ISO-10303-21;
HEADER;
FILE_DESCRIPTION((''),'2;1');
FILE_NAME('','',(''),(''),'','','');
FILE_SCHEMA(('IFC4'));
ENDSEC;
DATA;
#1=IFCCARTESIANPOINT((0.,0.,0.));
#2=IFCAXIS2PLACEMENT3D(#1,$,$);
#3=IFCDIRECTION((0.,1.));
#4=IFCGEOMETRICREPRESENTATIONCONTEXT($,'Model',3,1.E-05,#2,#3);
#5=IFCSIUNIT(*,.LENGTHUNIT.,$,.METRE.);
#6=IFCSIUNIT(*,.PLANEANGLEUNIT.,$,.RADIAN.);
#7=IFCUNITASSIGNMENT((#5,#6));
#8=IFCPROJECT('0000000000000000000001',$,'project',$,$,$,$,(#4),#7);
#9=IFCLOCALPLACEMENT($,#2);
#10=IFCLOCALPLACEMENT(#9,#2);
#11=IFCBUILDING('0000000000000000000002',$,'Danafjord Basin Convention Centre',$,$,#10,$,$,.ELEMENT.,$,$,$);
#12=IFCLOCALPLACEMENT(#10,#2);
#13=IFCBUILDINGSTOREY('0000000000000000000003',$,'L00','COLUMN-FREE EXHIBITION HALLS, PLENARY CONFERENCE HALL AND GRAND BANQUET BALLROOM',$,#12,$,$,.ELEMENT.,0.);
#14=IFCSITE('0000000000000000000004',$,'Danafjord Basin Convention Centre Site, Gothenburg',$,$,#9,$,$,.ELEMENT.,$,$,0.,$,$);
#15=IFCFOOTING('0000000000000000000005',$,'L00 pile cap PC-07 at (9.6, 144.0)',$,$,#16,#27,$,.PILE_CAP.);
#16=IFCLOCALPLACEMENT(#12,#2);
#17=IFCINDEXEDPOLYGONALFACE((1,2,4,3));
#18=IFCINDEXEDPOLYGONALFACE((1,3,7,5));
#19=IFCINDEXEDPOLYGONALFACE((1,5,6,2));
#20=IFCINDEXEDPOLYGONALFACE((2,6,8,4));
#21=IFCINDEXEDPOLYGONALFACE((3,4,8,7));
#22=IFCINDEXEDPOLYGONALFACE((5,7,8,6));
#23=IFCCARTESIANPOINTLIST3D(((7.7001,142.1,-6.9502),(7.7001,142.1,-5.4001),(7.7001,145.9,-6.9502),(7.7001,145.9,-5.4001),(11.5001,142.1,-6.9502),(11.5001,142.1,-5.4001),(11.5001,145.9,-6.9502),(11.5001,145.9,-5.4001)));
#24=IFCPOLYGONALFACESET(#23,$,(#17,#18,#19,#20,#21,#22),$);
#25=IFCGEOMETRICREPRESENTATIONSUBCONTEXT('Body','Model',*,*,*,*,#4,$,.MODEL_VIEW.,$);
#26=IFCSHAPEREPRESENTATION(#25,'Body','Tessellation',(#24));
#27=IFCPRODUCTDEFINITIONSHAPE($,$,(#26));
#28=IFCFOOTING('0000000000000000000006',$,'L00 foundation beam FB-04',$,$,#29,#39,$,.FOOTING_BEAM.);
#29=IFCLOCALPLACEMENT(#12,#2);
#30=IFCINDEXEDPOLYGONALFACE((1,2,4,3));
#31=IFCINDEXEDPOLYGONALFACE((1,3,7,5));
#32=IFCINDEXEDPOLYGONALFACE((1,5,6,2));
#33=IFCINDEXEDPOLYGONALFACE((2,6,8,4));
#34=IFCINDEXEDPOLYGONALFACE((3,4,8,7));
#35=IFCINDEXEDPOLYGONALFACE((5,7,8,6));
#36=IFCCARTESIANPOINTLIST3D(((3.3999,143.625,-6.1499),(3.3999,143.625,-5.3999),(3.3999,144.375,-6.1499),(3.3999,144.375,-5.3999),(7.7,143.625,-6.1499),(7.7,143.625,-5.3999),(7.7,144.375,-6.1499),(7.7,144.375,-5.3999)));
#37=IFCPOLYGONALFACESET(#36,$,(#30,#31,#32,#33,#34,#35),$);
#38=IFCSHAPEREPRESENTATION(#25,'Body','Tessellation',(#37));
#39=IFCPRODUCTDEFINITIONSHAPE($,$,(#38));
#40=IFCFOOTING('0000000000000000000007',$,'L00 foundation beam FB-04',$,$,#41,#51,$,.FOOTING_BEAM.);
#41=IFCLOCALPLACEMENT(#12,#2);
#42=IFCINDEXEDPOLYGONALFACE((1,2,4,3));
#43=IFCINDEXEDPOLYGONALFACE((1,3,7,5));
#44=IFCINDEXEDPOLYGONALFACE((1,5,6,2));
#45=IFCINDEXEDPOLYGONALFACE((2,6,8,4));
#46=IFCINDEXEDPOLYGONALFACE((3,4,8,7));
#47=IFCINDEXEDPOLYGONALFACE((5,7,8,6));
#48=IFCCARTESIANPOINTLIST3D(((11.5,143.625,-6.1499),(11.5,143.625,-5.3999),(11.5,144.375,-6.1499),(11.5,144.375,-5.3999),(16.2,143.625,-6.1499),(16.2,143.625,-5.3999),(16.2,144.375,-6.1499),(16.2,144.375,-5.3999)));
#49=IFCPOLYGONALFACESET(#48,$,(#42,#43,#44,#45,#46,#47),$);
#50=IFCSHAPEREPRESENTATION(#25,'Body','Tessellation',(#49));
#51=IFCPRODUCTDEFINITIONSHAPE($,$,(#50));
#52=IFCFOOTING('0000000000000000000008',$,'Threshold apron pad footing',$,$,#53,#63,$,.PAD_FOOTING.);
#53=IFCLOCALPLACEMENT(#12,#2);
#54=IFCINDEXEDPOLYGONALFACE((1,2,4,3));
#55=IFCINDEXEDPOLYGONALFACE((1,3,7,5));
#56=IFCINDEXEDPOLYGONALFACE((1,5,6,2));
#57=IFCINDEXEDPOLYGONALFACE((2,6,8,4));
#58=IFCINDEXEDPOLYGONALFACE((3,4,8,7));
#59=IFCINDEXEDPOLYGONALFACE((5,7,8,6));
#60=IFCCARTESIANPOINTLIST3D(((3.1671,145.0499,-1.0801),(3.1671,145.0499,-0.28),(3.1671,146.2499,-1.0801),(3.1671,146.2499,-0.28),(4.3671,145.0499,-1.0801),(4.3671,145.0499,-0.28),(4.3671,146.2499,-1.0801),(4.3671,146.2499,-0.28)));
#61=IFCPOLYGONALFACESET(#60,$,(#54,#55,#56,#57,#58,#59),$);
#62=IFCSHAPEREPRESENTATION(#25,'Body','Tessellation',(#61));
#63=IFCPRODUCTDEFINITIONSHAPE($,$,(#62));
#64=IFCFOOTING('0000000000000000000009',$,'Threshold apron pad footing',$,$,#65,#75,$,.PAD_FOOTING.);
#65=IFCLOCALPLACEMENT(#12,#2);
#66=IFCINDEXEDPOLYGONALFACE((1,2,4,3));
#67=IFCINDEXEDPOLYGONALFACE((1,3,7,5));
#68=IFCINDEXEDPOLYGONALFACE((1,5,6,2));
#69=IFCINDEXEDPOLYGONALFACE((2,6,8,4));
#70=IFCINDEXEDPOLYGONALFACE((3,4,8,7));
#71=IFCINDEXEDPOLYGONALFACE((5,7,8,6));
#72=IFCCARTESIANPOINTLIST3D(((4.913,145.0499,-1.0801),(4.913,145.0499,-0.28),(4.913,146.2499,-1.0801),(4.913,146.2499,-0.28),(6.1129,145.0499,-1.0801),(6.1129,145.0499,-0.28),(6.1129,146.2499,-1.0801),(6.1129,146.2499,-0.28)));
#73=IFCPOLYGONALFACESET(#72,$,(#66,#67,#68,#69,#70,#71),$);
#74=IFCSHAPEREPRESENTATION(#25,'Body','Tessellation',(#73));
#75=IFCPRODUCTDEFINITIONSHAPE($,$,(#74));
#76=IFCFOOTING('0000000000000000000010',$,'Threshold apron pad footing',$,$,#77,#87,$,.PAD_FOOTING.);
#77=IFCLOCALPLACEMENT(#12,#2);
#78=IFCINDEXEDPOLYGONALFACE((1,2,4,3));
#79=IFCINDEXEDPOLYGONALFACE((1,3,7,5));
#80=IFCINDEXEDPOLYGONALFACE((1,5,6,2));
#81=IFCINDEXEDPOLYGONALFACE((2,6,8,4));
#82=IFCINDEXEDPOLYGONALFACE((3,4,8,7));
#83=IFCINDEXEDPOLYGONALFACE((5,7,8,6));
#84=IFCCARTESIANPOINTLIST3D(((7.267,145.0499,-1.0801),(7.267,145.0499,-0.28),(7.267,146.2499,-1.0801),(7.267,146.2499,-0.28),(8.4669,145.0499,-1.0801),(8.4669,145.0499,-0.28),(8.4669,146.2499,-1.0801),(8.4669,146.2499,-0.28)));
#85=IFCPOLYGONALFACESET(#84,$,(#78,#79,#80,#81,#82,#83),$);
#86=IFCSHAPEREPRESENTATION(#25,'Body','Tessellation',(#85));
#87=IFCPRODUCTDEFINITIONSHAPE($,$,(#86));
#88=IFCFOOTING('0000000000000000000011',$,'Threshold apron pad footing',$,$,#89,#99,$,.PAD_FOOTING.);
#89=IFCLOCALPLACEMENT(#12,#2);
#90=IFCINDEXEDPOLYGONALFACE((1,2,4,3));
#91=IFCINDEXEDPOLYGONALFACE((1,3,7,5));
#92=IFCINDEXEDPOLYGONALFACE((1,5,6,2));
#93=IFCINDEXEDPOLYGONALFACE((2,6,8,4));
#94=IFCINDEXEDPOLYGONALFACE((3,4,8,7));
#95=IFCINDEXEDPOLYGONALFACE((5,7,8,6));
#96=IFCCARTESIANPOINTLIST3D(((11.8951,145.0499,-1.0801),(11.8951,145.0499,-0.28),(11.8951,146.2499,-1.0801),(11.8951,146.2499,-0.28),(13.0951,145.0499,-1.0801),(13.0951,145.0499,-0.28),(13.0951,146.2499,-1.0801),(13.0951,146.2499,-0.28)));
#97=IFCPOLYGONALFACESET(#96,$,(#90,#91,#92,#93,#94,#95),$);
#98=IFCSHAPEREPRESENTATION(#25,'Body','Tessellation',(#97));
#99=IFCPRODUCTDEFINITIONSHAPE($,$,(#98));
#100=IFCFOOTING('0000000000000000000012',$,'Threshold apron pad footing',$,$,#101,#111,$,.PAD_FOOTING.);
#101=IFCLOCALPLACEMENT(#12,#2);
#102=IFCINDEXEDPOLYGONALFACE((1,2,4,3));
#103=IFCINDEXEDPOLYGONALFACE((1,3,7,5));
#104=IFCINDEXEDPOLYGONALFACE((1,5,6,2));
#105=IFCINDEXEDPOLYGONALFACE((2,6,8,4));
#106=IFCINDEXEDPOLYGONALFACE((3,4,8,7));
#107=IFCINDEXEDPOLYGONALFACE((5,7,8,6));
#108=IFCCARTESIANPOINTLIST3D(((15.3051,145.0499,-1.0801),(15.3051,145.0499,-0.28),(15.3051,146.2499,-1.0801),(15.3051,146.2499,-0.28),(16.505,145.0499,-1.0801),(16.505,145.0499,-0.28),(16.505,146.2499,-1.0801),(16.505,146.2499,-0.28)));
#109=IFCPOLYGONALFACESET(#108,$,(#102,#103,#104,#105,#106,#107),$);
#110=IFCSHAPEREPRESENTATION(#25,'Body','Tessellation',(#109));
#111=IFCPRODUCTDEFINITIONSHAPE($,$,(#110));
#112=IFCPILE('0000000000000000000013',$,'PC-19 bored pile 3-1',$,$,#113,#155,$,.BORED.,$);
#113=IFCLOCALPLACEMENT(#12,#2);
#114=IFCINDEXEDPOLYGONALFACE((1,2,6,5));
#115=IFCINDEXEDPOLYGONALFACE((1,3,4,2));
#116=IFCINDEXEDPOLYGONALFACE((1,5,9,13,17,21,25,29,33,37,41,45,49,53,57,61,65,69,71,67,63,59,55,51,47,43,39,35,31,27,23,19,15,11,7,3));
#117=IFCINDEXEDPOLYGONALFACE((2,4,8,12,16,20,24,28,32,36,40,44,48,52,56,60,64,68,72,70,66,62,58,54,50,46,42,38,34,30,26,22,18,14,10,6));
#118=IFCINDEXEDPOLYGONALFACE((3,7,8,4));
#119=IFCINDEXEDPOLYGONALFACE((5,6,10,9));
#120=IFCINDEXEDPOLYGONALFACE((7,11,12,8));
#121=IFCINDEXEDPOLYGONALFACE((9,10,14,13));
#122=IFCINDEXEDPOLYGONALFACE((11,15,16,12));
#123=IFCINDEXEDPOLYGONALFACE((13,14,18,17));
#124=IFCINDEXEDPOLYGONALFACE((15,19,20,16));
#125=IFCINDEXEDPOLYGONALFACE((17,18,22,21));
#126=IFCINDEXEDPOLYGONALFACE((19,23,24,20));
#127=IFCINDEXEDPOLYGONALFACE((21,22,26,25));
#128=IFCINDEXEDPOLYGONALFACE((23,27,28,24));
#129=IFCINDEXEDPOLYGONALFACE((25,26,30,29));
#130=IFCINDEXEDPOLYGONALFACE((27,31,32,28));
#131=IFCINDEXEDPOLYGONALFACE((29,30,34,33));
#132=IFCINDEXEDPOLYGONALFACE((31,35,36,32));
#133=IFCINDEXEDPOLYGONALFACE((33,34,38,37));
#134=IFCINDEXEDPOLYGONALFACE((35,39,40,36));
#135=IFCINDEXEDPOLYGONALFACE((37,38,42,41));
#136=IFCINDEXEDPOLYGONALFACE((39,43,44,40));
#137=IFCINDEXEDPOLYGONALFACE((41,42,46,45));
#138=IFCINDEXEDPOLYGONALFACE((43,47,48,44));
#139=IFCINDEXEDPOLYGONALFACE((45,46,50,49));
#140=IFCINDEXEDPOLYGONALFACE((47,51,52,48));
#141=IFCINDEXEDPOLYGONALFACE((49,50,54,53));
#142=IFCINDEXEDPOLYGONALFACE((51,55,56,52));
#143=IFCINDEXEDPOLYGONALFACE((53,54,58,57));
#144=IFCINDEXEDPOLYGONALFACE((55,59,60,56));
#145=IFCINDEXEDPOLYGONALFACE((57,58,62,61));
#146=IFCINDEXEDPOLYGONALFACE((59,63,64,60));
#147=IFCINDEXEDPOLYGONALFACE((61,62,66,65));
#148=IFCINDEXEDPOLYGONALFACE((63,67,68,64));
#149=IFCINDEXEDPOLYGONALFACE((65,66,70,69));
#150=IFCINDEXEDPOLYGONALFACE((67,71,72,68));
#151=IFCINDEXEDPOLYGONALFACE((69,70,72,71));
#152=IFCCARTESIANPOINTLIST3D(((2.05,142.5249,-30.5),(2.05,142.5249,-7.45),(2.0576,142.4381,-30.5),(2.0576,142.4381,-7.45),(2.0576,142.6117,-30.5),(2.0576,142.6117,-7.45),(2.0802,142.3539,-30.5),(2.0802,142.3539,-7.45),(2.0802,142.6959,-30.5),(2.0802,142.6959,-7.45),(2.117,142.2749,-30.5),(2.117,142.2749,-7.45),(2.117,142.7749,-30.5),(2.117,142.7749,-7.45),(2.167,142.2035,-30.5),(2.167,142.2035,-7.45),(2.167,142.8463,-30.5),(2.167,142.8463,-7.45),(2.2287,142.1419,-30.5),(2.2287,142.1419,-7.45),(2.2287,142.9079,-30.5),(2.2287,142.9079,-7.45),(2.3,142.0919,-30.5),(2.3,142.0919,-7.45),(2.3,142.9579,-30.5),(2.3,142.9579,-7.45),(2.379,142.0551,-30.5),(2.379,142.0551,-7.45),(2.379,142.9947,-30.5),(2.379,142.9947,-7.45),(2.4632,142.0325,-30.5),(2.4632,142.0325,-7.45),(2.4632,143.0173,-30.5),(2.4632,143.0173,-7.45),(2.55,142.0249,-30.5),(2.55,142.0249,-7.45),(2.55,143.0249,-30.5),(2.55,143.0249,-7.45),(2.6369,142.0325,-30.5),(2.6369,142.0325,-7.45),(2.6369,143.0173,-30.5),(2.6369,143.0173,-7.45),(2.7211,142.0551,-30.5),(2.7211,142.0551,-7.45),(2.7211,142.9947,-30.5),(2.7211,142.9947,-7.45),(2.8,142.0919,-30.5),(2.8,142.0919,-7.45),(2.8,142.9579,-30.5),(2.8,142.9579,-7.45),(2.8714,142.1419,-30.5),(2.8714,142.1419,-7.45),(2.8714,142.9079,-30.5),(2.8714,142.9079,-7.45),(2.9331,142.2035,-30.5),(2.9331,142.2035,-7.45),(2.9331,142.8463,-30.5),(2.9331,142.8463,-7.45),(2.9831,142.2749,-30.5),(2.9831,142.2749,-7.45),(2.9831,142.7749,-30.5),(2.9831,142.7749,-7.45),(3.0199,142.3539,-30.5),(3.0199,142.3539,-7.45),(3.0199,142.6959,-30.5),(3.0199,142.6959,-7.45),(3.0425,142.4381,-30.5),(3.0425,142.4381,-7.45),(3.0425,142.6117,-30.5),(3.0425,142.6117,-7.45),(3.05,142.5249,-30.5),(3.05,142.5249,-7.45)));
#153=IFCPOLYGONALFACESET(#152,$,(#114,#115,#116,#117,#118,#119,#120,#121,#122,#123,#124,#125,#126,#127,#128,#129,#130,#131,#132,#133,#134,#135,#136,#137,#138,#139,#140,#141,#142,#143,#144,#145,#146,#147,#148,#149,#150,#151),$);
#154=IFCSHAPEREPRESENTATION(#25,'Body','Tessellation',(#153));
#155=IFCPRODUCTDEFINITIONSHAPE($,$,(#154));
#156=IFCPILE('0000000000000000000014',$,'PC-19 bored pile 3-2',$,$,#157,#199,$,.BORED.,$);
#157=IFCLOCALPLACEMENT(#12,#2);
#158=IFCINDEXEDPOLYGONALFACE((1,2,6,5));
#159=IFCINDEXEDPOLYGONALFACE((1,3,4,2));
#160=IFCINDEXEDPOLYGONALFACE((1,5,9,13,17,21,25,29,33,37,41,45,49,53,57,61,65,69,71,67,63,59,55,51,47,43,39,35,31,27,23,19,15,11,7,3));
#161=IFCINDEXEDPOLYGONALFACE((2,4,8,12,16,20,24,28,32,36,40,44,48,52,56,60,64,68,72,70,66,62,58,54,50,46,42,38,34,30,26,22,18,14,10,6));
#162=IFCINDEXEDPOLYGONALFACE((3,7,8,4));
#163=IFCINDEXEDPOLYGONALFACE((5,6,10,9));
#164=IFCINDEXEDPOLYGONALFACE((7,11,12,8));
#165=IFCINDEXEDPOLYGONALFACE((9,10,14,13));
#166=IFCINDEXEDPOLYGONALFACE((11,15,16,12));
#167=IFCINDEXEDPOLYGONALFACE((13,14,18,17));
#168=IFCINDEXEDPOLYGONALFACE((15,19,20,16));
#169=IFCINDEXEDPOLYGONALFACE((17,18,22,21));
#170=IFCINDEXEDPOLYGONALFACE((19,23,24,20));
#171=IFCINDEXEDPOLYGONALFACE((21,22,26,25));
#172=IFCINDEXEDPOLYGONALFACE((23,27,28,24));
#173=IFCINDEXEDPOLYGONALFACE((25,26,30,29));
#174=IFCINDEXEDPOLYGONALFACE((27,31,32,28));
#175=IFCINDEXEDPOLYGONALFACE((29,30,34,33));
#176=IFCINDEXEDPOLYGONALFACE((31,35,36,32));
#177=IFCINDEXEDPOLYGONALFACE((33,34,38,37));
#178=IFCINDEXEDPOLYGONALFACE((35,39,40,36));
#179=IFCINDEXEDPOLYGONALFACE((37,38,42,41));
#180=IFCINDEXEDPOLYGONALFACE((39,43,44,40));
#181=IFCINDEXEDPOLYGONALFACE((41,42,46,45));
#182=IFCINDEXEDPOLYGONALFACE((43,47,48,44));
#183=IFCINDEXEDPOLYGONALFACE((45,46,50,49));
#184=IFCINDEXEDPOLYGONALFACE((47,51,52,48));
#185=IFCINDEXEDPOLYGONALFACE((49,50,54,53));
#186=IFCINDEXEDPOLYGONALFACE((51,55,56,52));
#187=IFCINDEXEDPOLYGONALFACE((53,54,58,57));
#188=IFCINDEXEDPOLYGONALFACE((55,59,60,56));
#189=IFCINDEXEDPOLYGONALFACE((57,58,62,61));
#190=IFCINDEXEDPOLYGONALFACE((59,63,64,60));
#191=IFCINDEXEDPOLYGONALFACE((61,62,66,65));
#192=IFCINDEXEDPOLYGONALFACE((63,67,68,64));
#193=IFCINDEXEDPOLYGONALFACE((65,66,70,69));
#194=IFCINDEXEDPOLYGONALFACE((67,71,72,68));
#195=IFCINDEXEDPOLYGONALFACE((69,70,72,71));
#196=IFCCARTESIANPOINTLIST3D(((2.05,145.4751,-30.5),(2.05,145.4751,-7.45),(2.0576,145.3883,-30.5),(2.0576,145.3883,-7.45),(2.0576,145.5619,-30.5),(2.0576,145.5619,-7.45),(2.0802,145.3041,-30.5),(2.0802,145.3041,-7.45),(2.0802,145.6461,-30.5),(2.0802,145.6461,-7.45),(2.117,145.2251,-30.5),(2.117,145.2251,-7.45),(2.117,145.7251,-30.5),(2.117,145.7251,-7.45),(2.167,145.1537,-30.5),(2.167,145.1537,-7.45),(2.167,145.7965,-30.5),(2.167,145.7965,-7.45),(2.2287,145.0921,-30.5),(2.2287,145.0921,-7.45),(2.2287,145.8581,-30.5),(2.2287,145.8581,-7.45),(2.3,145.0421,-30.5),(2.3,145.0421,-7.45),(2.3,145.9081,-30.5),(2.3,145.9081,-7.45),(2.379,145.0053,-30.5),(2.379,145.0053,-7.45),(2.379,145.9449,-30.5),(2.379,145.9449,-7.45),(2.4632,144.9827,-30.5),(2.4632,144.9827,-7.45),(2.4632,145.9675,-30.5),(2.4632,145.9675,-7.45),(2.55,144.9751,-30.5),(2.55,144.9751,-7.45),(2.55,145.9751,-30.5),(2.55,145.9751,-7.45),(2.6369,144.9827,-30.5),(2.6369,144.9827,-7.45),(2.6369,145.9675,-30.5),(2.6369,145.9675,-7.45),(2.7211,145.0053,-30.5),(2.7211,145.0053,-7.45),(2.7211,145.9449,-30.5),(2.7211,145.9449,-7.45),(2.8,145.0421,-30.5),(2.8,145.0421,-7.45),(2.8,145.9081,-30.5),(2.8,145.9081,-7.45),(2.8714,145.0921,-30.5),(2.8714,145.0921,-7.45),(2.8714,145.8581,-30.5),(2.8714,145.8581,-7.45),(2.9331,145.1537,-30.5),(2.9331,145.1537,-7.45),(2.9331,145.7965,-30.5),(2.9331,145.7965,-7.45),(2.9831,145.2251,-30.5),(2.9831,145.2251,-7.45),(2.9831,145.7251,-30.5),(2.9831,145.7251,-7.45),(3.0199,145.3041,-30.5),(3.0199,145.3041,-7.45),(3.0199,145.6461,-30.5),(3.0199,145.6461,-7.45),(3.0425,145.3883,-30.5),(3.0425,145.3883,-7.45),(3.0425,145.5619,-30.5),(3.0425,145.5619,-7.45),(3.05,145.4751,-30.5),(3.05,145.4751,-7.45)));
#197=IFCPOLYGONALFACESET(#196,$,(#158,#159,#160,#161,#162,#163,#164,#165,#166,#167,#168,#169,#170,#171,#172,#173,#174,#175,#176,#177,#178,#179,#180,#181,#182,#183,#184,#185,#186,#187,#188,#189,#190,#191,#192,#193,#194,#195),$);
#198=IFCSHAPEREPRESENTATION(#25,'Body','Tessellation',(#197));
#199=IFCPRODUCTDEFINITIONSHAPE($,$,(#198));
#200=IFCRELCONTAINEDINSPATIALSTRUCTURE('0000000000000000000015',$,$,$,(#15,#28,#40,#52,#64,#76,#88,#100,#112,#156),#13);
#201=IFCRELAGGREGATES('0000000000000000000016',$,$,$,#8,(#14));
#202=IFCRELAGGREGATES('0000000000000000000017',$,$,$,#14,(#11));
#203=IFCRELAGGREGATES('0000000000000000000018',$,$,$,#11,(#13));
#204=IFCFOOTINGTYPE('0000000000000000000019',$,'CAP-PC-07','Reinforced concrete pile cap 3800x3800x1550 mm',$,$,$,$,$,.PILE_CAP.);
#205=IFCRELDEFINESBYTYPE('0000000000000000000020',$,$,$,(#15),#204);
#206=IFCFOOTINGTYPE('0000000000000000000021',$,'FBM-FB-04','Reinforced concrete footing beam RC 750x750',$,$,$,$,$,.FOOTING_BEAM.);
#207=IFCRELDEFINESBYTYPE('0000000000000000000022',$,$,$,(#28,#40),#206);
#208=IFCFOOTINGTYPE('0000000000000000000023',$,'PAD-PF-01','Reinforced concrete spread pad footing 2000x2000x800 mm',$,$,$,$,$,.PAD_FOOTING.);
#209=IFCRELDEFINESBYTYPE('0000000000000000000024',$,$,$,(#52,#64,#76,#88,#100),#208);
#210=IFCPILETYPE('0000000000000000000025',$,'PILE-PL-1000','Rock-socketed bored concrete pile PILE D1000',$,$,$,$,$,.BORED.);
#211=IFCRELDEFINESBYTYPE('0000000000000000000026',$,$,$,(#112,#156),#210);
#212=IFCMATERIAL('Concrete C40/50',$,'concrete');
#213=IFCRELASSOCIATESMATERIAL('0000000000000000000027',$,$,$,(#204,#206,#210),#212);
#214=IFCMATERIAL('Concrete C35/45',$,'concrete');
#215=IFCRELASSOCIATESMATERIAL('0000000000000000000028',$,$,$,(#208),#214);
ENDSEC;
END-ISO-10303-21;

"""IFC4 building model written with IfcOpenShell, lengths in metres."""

from ifc_helpers import new_model, si_unit, direction, frame, origin, origin_2d, place, context, subcontext, project, spatial, rectangle, circle, extrude, material, material_profile, profile_set, type_object, element, save


model = new_model("IFC4")

# Units and contexts
model_context = context("Model", 3, precision=1e-05, world=origin(), true_north=direction((0.0, 1.0)))
body_context = subcontext(model_context, "Body", "Model", "MODEL_VIEW")
ifc_project = project(units=[si_unit("LENGTHUNIT", "METRE"), si_unit("PLANEANGLEUNIT", "RADIAN")], contexts=[model_context])

# Site, building, storey
site_placement = place(None, origin())
site = spatial("IfcSite", under=ifc_project, at=site_placement, Name="Danafjord Basin Convention Centre Site, Gothenburg", CompositionType="ELEMENT", RefElevation=0.0)
building_placement = place(site_placement, origin())
building = spatial("IfcBuilding", under=site, at=building_placement, Name="Danafjord Basin Convention Centre", CompositionType="ELEMENT")
storey_placement = place(building_placement, origin())
storey = spatial("IfcBuildingStorey", under=building, at=storey_placement, Name="L00", Description="COLUMN-FREE EXHIBITION HALLS, PLENARY CONFERENCE HALL AND GRAND BANQUET BALLROOM", CompositionType="ELEMENT", Elevation=0.0)

# Footings
ifc_material_1 = material(Name="Concrete C40/50", Category="concrete")
footing_type_1 = type_object("IfcFootingType", Name="CAP-PC-07", Description="Reinforced concrete pile cap 3800x3800x1550 mm", PredefinedType="PILE_CAP", material=ifc_material_1)
footing_1_placement = place(storey_placement, frame((9.6001, 144.0, -6.9502), z_axis=(0.0, 0.0, 1.0), x_axis=(1.0, 0.0, 0.0)))
element("IfcFooting", 1, at=footing_1_placement, inside=storey, type_object=footing_type_1, Name="L00 pile cap PC-07 at (9.6, 144.0)", PredefinedType="PILE_CAP", context=body_context, shape_type="SweptSolid", body=[
    extrude(rectangle(XDim=3.8, YDim=3.8, at=origin_2d()), origin(), (0.0, 0.0, 1.0), 1.55),
])
ifc_material_profile_1 = material_profile(ifc_material_1, rectangle(XDim=0.75, YDim=0.75, at=origin_2d()), Name="RC 750x750")
ifc_profile_set_1 = profile_set([ifc_material_profile_1], Name="Concrete C40/50")
footing_type_2 = type_object("IfcFootingType", Name="FBM-FB-04", Description="Reinforced concrete footing beam RC 750x750", PredefinedType="FOOTING_BEAM", material=ifc_profile_set_1)
footing_2_placement = place(storey_placement, frame((3.3999, 144.0, -5.7749), z_axis=(1.0, 0.0, 0.0), x_axis=(0.0, 1.0, 0.0)))
element("IfcFooting", 2, at=footing_2_placement, inside=storey, type_object=footing_type_2, Name="L00 foundation beam FB-04", PredefinedType="FOOTING_BEAM", context=body_context, shape_type="SweptSolid", body=[
    extrude(rectangle(XDim=0.75, YDim=0.75, at=origin_2d()), origin(), (0.0, 0.0, 1.0), 4.3),
])
footing_3_placement = place(storey_placement, frame((11.5, 144.0, -5.7749), z_axis=(1.0, 0.0, 0.0), x_axis=(0.0, 1.0, 0.0)))
element("IfcFooting", 3, at=footing_3_placement, inside=storey, type_object=footing_type_2, Name="L00 foundation beam FB-04", PredefinedType="FOOTING_BEAM", context=body_context, shape_type="SweptSolid", body=[
    extrude(rectangle(XDim=0.75, YDim=0.75, at=origin_2d()), origin(), (0.0, 0.0, 1.0), 4.7),
])
ifc_material_2 = material(Name="Concrete C35/45", Category="concrete")
footing_type_3 = type_object("IfcFootingType", Name="PAD-PF-01", Description="Reinforced concrete spread pad footing 2000x2000x800 mm", PredefinedType="PAD_FOOTING", material=ifc_material_2)
for number, where, z_axis, x_axis, name in (
    (4, (3.7671, 145.6499, -1.0801), (0.0, 0.0, 1.0), (1.0, 0.0, 0.0), "Threshold apron pad footing"),
    (5, (5.5129, 145.6499, -1.0801), (0.0, 0.0, 1.0), (1.0, 0.0, 0.0), "Threshold apron pad footing"),
    (6, (7.8669, 145.6499, -1.0801), (0.0, 0.0, 1.0), (1.0, 0.0, 0.0), "Threshold apron pad footing"),
    (7, (12.4951, 145.6499, -1.0801), (0.0, 0.0, 1.0), (1.0, 0.0, 0.0), "Threshold apron pad footing"),
    (8, (15.905, 145.6499, -1.0801), (0.0, 0.0, 1.0), (1.0, 0.0, 0.0), "Threshold apron pad footing"),
):
    element("IfcFooting", number, at=place(storey_placement, frame(where, z_axis=z_axis, x_axis=x_axis)), inside=storey, type_object=footing_type_3, Name=name, PredefinedType="PAD_FOOTING", context=body_context, shape_type="SweptSolid", body=[
        extrude(rectangle(XDim=1.2, YDim=1.2, at=origin_2d()), origin(), (0.0, 0.0, 1.0), 0.8),
    ])

# Piles
ifc_material_profile_2 = material_profile(ifc_material_1, circle(Radius=0.5, at=origin_2d()), Name="PILE D1000")
ifc_profile_set_2 = profile_set([ifc_material_profile_2], Name="Concrete C40/50")
pile_type_1 = type_object("IfcPileType", Name="PILE-PL-1000", Description="Rock-socketed bored concrete pile PILE D1000", PredefinedType="BORED", material=ifc_profile_set_2)
for number, where, z_axis, x_axis, name in (
    (9, (2.55, 142.5249, -7.45), (0.0, 0.0, -1.0), (1.0, 0.0, 0.0), "PC-19 bored pile 3-1"),
    (10, (2.55, 145.4751, -7.45), (0.0, 0.0, -1.0), (1.0, 0.0, 0.0), "PC-19 bored pile 3-2"),
):
    element("IfcPile", number, at=place(storey_placement, frame(where, z_axis=z_axis, x_axis=x_axis)), inside=storey, type_object=pile_type_1, Name=name, PredefinedType="BORED", context=body_context, shape_type="SweptSolid", body=[
        extrude(circle(Radius=0.5, at=origin_2d()), origin(), (0.0, 0.0, 1.0), 23.05),
    ])

save(model, "model.ifc")
